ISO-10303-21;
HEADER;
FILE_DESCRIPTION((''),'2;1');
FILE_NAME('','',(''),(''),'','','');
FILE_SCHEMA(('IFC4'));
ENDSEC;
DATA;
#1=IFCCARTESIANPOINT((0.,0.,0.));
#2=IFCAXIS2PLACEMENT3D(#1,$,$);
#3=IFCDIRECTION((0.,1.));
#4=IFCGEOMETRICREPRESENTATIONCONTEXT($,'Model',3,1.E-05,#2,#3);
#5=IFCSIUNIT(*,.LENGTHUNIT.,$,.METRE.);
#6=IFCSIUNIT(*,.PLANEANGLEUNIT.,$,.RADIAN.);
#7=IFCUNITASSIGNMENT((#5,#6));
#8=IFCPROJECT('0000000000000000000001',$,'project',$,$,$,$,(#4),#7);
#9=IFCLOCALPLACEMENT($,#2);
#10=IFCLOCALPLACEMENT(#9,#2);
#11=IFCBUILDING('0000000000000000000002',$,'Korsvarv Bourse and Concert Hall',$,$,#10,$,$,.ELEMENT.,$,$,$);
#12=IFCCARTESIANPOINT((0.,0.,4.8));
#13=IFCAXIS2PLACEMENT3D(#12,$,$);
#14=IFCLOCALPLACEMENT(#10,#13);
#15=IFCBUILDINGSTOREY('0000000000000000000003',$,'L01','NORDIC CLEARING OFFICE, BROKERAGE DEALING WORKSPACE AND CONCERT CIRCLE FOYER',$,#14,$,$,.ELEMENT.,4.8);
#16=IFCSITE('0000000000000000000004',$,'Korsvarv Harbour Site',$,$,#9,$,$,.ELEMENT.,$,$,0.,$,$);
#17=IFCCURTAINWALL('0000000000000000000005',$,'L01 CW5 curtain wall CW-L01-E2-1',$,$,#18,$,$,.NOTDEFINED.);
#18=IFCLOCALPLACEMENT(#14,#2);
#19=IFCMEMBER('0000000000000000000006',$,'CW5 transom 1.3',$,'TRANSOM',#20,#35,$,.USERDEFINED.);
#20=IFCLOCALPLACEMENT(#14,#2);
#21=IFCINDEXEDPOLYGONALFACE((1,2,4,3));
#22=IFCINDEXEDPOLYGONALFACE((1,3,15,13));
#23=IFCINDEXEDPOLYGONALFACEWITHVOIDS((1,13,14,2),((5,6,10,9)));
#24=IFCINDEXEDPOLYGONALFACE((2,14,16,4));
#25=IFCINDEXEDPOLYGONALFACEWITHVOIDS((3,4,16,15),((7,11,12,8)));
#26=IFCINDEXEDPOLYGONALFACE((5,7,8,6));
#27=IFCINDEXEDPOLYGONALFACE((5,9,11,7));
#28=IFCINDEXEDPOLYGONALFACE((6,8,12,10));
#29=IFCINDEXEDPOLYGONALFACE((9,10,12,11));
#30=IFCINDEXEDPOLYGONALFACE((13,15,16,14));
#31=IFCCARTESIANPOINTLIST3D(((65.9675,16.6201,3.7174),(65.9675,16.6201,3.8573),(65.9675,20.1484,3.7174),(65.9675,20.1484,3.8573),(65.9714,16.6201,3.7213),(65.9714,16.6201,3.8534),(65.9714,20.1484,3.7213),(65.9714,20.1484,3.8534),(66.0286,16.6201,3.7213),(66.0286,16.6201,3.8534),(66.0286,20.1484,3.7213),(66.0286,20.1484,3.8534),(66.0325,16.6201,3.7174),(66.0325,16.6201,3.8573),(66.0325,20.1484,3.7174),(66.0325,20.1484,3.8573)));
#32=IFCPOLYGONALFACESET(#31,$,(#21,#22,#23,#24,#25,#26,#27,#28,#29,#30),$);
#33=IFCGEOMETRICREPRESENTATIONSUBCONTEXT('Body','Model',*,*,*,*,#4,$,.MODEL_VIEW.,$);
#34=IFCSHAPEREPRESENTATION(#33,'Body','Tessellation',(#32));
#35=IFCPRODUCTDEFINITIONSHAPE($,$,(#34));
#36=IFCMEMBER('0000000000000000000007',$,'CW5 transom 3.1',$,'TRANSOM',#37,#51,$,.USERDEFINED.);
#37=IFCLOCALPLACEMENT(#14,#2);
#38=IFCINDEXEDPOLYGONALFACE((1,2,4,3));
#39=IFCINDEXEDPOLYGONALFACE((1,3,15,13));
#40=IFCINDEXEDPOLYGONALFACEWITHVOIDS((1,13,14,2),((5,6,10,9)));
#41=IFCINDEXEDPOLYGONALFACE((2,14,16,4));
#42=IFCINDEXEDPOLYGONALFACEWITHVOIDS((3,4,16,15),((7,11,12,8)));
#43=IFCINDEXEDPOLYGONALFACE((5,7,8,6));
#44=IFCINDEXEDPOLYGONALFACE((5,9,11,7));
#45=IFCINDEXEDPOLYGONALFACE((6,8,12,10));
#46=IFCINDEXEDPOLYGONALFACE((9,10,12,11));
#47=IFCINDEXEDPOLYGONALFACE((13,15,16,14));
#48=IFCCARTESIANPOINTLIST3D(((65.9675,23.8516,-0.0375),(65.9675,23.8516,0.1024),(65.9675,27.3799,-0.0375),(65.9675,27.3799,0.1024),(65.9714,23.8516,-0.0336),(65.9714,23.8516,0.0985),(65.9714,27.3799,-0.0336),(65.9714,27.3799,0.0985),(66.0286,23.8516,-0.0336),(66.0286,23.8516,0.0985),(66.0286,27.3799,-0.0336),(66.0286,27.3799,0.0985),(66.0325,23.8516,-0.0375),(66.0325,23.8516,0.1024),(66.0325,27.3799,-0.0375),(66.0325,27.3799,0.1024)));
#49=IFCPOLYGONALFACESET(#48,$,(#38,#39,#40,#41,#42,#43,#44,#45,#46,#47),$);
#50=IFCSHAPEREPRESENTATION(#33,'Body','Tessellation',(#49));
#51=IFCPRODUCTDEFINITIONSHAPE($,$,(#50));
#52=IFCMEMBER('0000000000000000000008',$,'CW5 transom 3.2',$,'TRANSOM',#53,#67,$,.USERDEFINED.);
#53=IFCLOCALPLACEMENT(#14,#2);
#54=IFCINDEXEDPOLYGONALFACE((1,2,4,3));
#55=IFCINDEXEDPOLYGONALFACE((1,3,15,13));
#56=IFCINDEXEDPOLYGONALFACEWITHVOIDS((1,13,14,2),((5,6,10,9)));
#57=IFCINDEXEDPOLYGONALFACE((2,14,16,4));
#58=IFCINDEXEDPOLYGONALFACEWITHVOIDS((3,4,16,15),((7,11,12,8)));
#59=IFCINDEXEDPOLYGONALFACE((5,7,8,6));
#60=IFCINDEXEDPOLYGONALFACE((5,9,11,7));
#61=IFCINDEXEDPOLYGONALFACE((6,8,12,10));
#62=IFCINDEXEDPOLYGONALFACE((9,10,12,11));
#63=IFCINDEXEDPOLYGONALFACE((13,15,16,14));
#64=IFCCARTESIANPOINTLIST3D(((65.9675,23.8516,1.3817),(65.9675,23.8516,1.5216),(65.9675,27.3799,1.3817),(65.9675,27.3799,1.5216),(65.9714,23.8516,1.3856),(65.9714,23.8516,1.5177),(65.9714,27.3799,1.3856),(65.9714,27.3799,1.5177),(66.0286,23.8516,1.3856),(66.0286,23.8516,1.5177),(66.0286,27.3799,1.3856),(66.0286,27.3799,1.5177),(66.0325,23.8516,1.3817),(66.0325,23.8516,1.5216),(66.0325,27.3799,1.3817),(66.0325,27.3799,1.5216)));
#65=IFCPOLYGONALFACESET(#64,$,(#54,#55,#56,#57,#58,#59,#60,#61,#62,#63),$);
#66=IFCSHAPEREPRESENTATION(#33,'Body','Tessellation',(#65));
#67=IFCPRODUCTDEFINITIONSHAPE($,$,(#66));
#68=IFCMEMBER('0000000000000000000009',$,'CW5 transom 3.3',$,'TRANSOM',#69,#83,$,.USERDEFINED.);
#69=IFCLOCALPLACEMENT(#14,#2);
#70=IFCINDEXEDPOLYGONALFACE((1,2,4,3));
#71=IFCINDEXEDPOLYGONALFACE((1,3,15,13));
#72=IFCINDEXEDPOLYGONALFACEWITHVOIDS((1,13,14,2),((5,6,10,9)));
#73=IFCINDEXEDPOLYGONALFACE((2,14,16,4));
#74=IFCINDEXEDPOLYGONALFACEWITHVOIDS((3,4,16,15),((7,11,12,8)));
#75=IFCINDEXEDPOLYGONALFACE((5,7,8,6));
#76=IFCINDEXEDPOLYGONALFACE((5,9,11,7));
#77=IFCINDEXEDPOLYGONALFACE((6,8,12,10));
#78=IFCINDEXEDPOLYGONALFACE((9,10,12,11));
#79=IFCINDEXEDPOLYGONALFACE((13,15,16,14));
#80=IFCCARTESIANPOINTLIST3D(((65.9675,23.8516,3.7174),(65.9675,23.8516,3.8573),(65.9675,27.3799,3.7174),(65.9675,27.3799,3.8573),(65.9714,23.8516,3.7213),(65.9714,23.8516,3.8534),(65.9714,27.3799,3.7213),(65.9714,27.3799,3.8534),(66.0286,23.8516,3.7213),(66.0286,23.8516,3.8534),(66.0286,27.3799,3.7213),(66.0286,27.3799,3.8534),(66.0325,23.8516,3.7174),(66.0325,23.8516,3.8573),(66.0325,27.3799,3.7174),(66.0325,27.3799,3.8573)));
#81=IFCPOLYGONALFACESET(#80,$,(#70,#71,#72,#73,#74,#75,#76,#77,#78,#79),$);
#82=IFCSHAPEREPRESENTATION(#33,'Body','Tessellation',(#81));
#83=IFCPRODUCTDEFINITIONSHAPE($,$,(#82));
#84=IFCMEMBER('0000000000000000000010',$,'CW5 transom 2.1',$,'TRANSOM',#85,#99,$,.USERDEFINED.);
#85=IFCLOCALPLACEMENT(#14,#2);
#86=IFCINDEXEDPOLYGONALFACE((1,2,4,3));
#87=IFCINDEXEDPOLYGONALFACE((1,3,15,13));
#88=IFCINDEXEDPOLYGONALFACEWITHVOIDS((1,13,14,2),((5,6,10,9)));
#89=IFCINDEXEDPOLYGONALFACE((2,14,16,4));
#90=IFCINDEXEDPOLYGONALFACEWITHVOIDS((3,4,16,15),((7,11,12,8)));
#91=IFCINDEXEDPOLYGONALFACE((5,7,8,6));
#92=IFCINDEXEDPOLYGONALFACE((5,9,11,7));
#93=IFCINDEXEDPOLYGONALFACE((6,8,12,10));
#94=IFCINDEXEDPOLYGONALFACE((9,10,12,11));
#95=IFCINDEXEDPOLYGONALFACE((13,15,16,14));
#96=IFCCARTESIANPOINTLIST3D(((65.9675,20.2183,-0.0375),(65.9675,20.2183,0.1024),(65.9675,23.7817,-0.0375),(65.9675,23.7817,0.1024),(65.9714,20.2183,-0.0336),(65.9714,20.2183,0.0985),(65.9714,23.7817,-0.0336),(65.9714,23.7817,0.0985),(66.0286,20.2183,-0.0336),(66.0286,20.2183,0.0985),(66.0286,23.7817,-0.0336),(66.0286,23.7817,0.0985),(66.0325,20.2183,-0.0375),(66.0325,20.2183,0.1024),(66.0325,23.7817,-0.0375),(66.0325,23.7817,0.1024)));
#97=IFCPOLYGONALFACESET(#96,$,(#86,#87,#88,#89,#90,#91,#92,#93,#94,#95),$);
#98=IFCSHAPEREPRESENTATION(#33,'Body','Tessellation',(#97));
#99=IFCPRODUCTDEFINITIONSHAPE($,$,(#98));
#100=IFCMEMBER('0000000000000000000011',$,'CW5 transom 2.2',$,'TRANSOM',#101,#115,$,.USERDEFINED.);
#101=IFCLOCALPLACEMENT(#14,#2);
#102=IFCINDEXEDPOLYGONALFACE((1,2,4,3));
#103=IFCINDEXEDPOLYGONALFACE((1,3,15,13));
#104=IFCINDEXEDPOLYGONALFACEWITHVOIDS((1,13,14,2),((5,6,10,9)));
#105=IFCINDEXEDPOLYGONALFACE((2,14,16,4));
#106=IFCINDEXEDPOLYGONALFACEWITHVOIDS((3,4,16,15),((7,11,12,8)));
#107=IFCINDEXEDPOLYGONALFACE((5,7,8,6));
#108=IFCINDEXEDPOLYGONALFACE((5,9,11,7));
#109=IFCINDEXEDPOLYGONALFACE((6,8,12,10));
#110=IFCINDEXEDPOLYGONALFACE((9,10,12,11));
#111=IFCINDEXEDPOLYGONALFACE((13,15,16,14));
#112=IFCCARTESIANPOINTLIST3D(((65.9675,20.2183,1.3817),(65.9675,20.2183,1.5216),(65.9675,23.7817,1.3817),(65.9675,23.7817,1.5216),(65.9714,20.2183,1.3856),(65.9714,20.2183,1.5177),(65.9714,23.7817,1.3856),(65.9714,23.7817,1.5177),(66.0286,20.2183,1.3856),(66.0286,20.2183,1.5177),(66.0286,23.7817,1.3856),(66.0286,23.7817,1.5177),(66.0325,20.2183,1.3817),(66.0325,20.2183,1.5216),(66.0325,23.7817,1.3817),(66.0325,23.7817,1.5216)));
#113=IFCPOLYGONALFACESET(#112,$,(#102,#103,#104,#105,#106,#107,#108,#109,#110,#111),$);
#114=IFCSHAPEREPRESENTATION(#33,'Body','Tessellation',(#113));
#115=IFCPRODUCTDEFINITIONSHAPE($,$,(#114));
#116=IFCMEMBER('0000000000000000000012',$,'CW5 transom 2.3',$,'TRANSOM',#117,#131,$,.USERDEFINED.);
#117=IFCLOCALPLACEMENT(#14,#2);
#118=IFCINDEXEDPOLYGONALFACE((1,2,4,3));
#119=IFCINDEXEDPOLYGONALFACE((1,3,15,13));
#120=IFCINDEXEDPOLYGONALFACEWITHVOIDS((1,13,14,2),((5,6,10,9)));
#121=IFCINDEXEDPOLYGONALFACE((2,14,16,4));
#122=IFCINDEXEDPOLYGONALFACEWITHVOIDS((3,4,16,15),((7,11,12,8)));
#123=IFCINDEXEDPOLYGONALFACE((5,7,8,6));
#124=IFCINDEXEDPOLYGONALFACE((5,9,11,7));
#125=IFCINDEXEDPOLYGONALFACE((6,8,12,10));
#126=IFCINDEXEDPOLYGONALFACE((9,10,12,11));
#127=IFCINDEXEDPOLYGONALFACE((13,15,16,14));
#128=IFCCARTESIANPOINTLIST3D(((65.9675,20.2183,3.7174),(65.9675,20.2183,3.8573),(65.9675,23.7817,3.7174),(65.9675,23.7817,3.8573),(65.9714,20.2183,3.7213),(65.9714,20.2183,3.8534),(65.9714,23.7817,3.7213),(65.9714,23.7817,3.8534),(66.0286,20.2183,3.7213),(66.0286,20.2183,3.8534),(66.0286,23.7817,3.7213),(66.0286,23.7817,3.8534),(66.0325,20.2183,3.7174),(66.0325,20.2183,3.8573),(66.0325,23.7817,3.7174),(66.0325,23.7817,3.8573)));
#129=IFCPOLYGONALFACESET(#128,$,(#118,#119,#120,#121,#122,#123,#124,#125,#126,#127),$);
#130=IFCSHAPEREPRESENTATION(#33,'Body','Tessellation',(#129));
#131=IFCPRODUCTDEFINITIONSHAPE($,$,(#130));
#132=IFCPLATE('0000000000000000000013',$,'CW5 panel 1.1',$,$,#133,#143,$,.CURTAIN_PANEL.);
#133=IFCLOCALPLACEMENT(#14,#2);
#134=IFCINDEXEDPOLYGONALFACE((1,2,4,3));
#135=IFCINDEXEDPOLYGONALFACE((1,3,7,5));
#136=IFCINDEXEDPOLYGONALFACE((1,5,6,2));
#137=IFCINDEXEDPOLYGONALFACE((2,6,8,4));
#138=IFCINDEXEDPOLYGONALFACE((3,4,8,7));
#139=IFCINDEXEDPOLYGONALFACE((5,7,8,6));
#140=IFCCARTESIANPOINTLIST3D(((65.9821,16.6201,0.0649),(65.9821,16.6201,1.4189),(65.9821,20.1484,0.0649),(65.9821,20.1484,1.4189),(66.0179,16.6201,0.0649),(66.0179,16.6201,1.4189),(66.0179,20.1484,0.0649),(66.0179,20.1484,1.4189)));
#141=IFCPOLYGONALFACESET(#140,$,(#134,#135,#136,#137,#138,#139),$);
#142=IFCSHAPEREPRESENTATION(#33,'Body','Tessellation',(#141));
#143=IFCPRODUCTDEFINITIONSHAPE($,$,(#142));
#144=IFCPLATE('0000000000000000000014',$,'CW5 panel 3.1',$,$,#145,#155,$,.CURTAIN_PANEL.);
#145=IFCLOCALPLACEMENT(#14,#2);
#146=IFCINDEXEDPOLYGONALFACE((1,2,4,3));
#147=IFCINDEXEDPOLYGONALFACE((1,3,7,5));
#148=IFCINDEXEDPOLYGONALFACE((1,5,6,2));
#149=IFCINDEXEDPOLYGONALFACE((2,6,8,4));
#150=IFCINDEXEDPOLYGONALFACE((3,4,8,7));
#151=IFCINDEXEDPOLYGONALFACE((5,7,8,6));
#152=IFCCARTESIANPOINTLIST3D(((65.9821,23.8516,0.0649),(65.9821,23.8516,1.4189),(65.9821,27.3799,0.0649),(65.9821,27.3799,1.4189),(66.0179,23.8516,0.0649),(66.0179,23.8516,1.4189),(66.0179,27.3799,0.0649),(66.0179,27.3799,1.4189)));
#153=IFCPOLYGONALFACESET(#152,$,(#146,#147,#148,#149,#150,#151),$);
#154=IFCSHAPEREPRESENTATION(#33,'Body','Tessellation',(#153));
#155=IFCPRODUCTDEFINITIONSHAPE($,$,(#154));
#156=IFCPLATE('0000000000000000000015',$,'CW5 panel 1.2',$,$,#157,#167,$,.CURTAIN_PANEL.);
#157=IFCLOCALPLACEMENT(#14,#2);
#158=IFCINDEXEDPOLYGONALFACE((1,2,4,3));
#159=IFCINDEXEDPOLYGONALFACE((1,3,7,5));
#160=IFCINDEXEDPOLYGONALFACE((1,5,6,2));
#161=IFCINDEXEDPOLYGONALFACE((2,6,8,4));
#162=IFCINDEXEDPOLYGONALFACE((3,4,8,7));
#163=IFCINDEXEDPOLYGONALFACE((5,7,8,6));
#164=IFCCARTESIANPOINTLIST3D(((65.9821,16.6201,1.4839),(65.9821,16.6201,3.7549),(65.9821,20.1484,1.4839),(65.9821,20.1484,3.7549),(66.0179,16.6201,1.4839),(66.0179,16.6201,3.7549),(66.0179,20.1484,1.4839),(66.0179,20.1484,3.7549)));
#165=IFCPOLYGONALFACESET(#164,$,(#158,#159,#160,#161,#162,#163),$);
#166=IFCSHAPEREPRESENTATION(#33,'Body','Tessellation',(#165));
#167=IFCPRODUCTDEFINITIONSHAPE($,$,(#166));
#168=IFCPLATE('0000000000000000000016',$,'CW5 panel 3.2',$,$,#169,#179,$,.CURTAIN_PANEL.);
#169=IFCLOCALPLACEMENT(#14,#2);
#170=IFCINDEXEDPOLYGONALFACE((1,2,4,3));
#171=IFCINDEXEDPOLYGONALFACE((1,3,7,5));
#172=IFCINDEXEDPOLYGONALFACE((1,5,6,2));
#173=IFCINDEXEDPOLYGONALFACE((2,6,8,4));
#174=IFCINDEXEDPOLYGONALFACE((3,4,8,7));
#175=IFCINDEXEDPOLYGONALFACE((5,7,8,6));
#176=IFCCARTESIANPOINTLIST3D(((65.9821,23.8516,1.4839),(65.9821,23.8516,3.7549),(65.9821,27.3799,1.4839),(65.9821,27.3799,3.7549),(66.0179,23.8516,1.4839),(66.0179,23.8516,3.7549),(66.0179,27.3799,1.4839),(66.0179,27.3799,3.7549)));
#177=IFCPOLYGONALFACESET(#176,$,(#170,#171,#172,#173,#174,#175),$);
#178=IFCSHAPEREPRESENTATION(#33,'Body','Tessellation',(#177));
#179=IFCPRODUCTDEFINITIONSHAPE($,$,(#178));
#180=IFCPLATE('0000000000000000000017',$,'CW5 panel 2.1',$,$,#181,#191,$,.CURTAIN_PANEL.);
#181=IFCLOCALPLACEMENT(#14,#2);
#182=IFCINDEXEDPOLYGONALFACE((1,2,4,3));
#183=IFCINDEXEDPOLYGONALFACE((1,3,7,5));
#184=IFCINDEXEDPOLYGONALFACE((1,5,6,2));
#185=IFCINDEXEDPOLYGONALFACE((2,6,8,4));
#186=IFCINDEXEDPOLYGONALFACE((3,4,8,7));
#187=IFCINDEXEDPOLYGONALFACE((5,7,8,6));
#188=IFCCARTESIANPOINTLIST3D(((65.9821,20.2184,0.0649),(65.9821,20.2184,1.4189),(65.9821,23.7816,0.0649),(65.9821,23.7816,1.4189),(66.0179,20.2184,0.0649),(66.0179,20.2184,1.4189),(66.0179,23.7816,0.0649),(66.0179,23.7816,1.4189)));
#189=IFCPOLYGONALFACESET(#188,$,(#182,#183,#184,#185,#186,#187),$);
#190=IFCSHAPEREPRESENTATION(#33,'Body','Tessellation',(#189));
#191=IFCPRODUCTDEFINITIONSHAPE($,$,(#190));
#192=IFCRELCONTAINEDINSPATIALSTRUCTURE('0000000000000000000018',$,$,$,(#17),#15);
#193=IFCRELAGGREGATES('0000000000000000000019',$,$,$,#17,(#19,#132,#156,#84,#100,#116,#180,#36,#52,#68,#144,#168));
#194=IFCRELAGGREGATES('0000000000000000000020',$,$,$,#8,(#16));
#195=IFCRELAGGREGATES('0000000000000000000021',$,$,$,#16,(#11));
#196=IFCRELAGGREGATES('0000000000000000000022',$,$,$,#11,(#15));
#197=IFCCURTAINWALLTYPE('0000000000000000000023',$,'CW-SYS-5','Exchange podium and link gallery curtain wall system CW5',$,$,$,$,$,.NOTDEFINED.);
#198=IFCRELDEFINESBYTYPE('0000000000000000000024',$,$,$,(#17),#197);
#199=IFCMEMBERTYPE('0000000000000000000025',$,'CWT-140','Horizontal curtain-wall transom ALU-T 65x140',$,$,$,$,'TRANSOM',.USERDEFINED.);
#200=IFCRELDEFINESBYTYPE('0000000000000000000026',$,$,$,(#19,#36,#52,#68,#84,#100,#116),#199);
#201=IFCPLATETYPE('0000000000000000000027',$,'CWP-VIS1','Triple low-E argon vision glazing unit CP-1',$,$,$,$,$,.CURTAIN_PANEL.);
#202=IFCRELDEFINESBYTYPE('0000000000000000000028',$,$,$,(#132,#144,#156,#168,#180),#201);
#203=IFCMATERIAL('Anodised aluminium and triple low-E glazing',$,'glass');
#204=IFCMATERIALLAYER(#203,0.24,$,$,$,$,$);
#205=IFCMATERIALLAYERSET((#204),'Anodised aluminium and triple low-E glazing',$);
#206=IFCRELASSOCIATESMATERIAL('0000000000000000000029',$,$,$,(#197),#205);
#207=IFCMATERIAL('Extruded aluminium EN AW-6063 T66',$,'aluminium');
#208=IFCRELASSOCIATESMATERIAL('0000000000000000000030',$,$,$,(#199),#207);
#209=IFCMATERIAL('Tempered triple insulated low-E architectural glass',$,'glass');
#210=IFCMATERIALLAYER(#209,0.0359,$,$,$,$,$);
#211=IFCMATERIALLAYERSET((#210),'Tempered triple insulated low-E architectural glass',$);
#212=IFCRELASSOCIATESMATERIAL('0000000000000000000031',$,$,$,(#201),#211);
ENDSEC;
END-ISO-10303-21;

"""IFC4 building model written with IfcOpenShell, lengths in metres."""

from ifc_helpers import new_model, si_unit, direction, frame, origin, origin_2d, place, context, subcontext, project, spatial, rectangle, hollow_rectangle, extrude, source, transform, mapped, material, layer, layer_set, material_profile, profile_set, type_object, element, aggregate, save


model = new_model("IFC4")

# Units and contexts
model_context = context("Model", 3, precision=1e-05, world=origin(), true_north=direction((0.0, 1.0)))
body_context = subcontext(model_context, "Body", "Model", "MODEL_VIEW")
ifc_project = project(units=[si_unit("LENGTHUNIT", "METRE"), si_unit("PLANEANGLEUNIT", "RADIAN")], contexts=[model_context])

# Site, building, storey
site_placement = place(None, origin())
site = spatial("IfcSite", under=ifc_project, at=site_placement, Name="Korsvarv Harbour Site", CompositionType="ELEMENT", RefElevation=0.0)
building_placement = place(site_placement, origin())
building = spatial("IfcBuilding", under=site, at=building_placement, Name="Korsvarv Bourse and Concert Hall", CompositionType="ELEMENT")
storey_placement = place(building_placement, frame((0.0, 0.0, 4.8)))
storey = spatial("IfcBuildingStorey", under=building, at=storey_placement, Name="L01", Description="NORDIC CLEARING OFFICE, BROKERAGE DEALING WORKSPACE AND CONCERT CIRCLE FOYER", CompositionType="ELEMENT", Elevation=4.8)

# Shared definitions
ifc_material_1 = material(Name="Anodised aluminium and triple low-E glazing", Category="glass")
ifc_layer_1 = layer(ifc_material_1, 0.24)
ifc_layer_set_1 = layer_set([ifc_layer_1], Name="Anodised aluminium and triple low-E glazing")
curtain_wall_type = type_object("IfcCurtainWallType", Name="CW-SYS-5", Description="Exchange podium and link gallery curtain wall system CW5", PredefinedType="NOTDEFINED", material=ifc_layer_set_1)
ifc_material_2 = material(Name="Extruded aluminium EN AW-6063 T66", Category="aluminium")

# Curtain wall, members, plates
curtain_wall_1_placement = place(storey_placement, origin())
curtain_wall_1 = element("IfcCurtainWall", 1, at=curtain_wall_1_placement, inside=storey, type_object=curtain_wall_type, Name="L01 CW5 curtain wall CW-L01-E2-1", PredefinedType="NOTDEFINED")
ifc_material_profile_1 = material_profile(ifc_material_2, hollow_rectangle(XDim=0.0649, YDim=0.1399, WallThickness=0.0039, at=origin_2d()), Name="ALU-T 65x140")
ifc_profile_set_1 = profile_set([ifc_material_profile_1], Name="Extruded aluminium EN AW-6063 T66")
member_type_1 = type_object("IfcMemberType", Name="CWT-140", Description="Horizontal curtain-wall transom ALU-T 65x140", ElementType="TRANSOM", PredefinedType="USERDEFINED", material=ifc_profile_set_1)
shared_shape_1 = source(origin(), body_context, "Body", "SweptSolid", [
    extrude(hollow_rectangle(XDim=0.0649, YDim=0.1399, WallThickness=0.0039, at=origin_2d()), origin(), (0.0, 0.0, 1.0), 3.5283),
])
member_1_placement = place(storey_placement, frame((66.0, 16.6201, 3.7874), z_axis=(0.0, 1.0, 0.0), x_axis=(-1.0, 0.0, 0.0)))
member_1 = element("IfcMember", 2, at=member_1_placement, type_object=member_type_1, Name="CW5 transom 1.3", ObjectType="TRANSOM", PredefinedType="USERDEFINED", context=body_context, shape_type="MappedRepresentation", body=[
    mapped(shared_shape_1, transform((0.0, 0.0, 0.0), scale=1.0)),
])
member_2_placement = place(storey_placement, frame((66.0, 23.8516, 0.0325), z_axis=(0.0, 1.0, 0.0), x_axis=(-1.0, 0.0, 0.0)))
member_2 = element("IfcMember", 3, at=member_2_placement, type_object=member_type_1, Name="CW5 transom 3.1", ObjectType="TRANSOM", PredefinedType="USERDEFINED", context=body_context, shape_type="MappedRepresentation", body=[
    mapped(shared_shape_1, transform((0.0, 0.0, 0.0), scale=1.0)),
])
member_3_placement = place(storey_placement, frame((66.0, 23.8516, 1.4517), z_axis=(0.0, 1.0, 0.0), x_axis=(-1.0, 0.0, 0.0)))
member_3 = element("IfcMember", 4, at=member_3_placement, type_object=member_type_1, Name="CW5 transom 3.2", ObjectType="TRANSOM", PredefinedType="USERDEFINED", context=body_context, shape_type="MappedRepresentation", body=[
    mapped(shared_shape_1, transform((0.0, 0.0, 0.0), scale=1.0)),
])
member_4_placement = place(storey_placement, frame((66.0, 23.8516, 3.7874), z_axis=(0.0, 1.0, 0.0), x_axis=(-1.0, 0.0, 0.0)))
member_4 = element("IfcMember", 5, at=member_4_placement, type_object=member_type_1, Name="CW5 transom 3.3", ObjectType="TRANSOM", PredefinedType="USERDEFINED", context=body_context, shape_type="MappedRepresentation", body=[
    mapped(shared_shape_1, transform((0.0, 0.0, 0.0), scale=1.0)),
])
shared_shape_2 = source(origin(), body_context, "Body", "SweptSolid", [
    extrude(hollow_rectangle(XDim=0.0649, YDim=0.1399, WallThickness=0.0039, at=origin_2d()), origin(), (0.0, 0.0, 1.0), 3.5635),
])
member_5_placement = place(storey_placement, frame((66.0, 20.2183, 0.0325), z_axis=(0.0, 1.0, 0.0), x_axis=(-1.0, 0.0, 0.0)))
member_5 = element("IfcMember", 6, at=member_5_placement, type_object=member_type_1, Name="CW5 transom 2.1", ObjectType="TRANSOM", PredefinedType="USERDEFINED", context=body_context, shape_type="MappedRepresentation", body=[
    mapped(shared_shape_2, transform((0.0, 0.0, 0.0), scale=1.0)),
])
member_6_placement = place(storey_placement, frame((66.0, 20.2183, 1.4517), z_axis=(0.0, 1.0, 0.0), x_axis=(-1.0, 0.0, 0.0)))
member_6 = element("IfcMember", 7, at=member_6_placement, type_object=member_type_1, Name="CW5 transom 2.2", ObjectType="TRANSOM", PredefinedType="USERDEFINED", context=body_context, shape_type="MappedRepresentation", body=[
    mapped(shared_shape_2, transform((0.0, 0.0, 0.0), scale=1.0)),
])
member_7_placement = place(storey_placement, frame((66.0, 20.2183, 3.7874), z_axis=(0.0, 1.0, 0.0), x_axis=(-1.0, 0.0, 0.0)))
member_7 = element("IfcMember", 8, at=member_7_placement, type_object=member_type_1, Name="CW5 transom 2.3", ObjectType="TRANSOM", PredefinedType="USERDEFINED", context=body_context, shape_type="MappedRepresentation", body=[
    mapped(shared_shape_2, transform((0.0, 0.0, 0.0), scale=1.0)),
])
ifc_material_3 = material(Name="Tempered triple insulated low-E architectural glass", Category="glass")
ifc_layer_2 = layer(ifc_material_3, 0.0359)
ifc_layer_set_2 = layer_set([ifc_layer_2], Name="Tempered triple insulated low-E architectural glass")
plate_type = type_object("IfcPlateType", Name="CWP-VIS1", Description="Triple low-E argon vision glazing unit CP-1", PredefinedType="CURTAIN_PANEL", material=ifc_layer_set_2)
shared_shape_3 = source(origin(), body_context, "Body", "SweptSolid", [
    extrude(rectangle(XDim=3.5283, YDim=0.0359, at=origin_2d()), origin(), (0.0, 0.0, 1.0), 1.354),
])
plate_1_placement = place(storey_placement, frame((66.0, 18.3843, 0.0649), z_axis=(0.0, 0.0, 1.0), x_axis=(0.0, 1.0, 0.0)))
plate_1 = element("IfcPlate", 9, at=plate_1_placement, type_object=plate_type, Name="CW5 panel 1.1", PredefinedType="CURTAIN_PANEL", context=body_context, shape_type="MappedRepresentation", body=[
    mapped(shared_shape_3, transform((0.0, 0.0, 0.0), scale=1.0)),
])
plate_2_placement = place(storey_placement, frame((66.0, 25.6157, 0.0649), z_axis=(0.0, 0.0, 1.0), x_axis=(0.0, 1.0, 0.0)))
plate_2 = element("IfcPlate", 10, at=plate_2_placement, type_object=plate_type, Name="CW5 panel 3.1", PredefinedType="CURTAIN_PANEL", context=body_context, shape_type="MappedRepresentation", body=[
    mapped(shared_shape_3, transform((0.0, 0.0, 0.0), scale=1.0)),
])
shared_shape_4 = source(origin(), body_context, "Body", "SweptSolid", [
    extrude(rectangle(XDim=3.5283, YDim=0.0359, at=origin_2d()), origin(), (0.0, 0.0, 1.0), 2.271),
])
plate_3_placement = place(storey_placement, frame((66.0, 18.3843, 1.4839), z_axis=(0.0, 0.0, 1.0), x_axis=(0.0, 1.0, 0.0)))
plate_3 = element("IfcPlate", 11, at=plate_3_placement, type_object=plate_type, Name="CW5 panel 1.2", PredefinedType="CURTAIN_PANEL", context=body_context, shape_type="MappedRepresentation", body=[
    mapped(shared_shape_4, transform((0.0, 0.0, 0.0), scale=1.0)),
])
plate_4_placement = place(storey_placement, frame((66.0, 25.6157, 1.4839), z_axis=(0.0, 0.0, 1.0), x_axis=(0.0, 1.0, 0.0)))
plate_4 = element("IfcPlate", 12, at=plate_4_placement, type_object=plate_type, Name="CW5 panel 3.2", PredefinedType="CURTAIN_PANEL", context=body_context, shape_type="MappedRepresentation", body=[
    mapped(shared_shape_4, transform((0.0, 0.0, 0.0), scale=1.0)),
])
shared_shape_5 = source(origin(), body_context, "Body", "SweptSolid", [
    extrude(rectangle(XDim=3.5632, YDim=0.0359, at=origin_2d()), origin(), (0.0, 0.0, 1.0), 1.354),
])
plate_5_placement = place(storey_placement, frame((66.0, 22.0, 0.0649), z_axis=(0.0, 0.0, 1.0), x_axis=(0.0, 1.0, 0.0)))
plate_5 = element("IfcPlate", 13, at=plate_5_placement, type_object=plate_type, Name="CW5 panel 2.1", PredefinedType="CURTAIN_PANEL", context=body_context, shape_type="MappedRepresentation", body=[
    mapped(shared_shape_5, transform((0.0, 0.0, 0.0), scale=1.0)),
])
aggregate(curtain_wall_1, [member_1, plate_1, plate_3, member_5, member_6, member_7, plate_5, member_2, member_3, member_4, plate_2, plate_4])

save(model, "model.ifc")
